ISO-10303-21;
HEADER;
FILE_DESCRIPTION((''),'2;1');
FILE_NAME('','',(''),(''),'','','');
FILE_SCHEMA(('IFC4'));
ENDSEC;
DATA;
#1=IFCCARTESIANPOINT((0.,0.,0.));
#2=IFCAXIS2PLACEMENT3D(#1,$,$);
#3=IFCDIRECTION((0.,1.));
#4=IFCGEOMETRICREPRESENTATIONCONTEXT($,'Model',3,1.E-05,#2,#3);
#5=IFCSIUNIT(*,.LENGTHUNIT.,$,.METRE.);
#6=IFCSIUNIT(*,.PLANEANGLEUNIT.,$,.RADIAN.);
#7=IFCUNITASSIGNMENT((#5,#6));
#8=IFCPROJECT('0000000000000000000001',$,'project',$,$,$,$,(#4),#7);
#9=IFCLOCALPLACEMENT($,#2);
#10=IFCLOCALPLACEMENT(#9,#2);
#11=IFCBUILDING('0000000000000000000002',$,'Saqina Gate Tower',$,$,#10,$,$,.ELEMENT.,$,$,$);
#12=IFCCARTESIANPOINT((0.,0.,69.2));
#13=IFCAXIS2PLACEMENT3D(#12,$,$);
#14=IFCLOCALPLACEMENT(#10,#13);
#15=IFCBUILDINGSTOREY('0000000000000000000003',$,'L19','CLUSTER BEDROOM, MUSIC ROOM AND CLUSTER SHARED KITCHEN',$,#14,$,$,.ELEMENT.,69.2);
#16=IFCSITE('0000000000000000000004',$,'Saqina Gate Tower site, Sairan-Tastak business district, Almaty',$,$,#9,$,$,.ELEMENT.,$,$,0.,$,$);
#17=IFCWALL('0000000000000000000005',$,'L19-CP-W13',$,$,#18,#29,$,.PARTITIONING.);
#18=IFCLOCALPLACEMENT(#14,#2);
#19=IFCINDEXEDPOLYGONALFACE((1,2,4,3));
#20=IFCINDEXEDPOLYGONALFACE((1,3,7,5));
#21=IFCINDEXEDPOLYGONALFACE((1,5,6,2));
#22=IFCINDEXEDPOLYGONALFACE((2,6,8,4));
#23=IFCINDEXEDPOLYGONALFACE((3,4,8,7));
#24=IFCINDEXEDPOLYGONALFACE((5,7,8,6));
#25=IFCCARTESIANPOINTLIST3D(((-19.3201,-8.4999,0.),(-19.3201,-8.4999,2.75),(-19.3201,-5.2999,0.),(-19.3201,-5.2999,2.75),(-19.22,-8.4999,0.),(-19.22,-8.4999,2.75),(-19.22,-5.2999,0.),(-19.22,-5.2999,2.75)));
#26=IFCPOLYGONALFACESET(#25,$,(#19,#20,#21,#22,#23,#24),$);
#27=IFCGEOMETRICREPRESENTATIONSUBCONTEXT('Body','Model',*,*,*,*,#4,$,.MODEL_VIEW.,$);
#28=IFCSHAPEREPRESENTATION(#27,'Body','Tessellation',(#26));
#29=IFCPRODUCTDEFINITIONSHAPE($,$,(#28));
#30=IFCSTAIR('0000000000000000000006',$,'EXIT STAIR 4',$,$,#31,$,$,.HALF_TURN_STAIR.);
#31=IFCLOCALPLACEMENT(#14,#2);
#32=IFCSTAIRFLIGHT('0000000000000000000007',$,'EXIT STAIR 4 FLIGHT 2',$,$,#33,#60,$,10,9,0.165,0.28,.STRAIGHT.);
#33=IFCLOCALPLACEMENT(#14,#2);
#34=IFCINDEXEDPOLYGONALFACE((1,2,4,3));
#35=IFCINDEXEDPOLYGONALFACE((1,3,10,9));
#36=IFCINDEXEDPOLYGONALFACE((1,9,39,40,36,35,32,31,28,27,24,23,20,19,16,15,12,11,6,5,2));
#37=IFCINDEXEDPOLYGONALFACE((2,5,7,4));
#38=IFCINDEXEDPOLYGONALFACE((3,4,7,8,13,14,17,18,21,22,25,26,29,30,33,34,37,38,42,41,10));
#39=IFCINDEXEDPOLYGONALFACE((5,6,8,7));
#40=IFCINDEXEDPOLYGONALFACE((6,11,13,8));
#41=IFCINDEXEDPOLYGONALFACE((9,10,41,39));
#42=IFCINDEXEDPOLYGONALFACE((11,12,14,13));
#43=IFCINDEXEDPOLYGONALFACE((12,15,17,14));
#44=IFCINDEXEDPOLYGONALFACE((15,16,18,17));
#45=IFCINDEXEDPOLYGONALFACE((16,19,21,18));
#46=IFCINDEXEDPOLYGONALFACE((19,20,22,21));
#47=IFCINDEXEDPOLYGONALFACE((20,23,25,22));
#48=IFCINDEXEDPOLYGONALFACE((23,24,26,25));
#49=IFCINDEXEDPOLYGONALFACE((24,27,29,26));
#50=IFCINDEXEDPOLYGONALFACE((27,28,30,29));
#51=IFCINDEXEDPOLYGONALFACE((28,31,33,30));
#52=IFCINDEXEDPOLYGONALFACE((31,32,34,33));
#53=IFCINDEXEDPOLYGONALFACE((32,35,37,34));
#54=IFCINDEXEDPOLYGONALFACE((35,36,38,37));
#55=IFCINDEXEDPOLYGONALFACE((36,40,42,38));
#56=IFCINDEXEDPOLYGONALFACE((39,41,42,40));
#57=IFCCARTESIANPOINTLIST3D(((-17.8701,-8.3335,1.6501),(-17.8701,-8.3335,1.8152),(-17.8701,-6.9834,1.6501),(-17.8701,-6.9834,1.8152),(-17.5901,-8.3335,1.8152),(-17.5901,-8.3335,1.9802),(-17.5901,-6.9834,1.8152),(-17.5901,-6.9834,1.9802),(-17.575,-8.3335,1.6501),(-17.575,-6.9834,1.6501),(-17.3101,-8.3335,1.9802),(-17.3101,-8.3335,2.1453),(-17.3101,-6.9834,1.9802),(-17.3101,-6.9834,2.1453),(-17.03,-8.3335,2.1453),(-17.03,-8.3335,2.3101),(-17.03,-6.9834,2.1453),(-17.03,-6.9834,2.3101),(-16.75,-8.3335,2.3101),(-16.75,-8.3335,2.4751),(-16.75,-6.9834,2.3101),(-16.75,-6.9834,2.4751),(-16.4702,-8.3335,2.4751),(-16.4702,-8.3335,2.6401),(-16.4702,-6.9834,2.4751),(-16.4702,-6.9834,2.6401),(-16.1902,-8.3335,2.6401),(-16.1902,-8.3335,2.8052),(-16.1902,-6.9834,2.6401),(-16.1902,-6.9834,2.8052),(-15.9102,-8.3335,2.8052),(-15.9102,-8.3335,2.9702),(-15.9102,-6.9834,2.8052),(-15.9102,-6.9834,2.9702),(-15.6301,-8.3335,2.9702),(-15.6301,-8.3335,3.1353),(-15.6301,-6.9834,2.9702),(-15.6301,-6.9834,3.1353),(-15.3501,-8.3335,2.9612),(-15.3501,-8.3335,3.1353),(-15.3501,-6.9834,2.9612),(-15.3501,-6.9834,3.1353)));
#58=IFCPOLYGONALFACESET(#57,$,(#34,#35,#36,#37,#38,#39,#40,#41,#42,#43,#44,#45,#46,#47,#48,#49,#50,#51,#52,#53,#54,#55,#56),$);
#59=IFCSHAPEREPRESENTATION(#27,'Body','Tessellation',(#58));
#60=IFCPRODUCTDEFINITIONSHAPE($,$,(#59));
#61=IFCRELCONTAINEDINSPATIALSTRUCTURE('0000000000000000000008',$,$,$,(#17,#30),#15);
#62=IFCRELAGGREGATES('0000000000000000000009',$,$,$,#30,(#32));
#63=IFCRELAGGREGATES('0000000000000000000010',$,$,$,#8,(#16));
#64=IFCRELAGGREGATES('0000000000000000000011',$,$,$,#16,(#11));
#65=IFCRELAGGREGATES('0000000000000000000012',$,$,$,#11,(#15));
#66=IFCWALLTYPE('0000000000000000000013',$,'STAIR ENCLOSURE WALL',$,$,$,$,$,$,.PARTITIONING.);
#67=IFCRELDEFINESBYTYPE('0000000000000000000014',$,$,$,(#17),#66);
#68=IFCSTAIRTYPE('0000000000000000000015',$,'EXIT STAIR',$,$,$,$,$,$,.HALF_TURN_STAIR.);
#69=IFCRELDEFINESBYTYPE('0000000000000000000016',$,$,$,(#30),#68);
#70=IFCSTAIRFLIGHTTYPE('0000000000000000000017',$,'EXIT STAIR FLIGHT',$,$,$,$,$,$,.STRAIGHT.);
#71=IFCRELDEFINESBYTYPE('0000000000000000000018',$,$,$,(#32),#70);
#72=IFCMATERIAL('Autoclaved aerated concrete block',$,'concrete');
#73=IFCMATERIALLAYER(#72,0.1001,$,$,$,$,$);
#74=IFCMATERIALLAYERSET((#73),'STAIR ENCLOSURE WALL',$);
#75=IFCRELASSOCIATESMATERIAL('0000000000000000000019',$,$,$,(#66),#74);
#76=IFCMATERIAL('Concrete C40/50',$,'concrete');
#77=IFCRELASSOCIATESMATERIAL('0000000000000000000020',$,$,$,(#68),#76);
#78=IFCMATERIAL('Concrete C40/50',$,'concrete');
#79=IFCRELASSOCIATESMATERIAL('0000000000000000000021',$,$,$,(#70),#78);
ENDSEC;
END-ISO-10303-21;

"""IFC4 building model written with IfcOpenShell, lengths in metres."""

from ifc_helpers import new_model, si_unit, direction, frame, frame_2d, origin, place, context, subcontext, project, spatial, polyline, rectangle, outline, extrude, material, layer, layer_set, type_object, element, aggregate, save


model = new_model("IFC4")

# Units and contexts
model_context = context("Model", 3, precision=1e-05, world=origin(), true_north=direction((0.0, 1.0)))
body_context = subcontext(model_context, "Body", "Model", "MODEL_VIEW")
ifc_project = project(units=[si_unit("LENGTHUNIT", "METRE"), si_unit("PLANEANGLEUNIT", "RADIAN")], contexts=[model_context])

# Site, building, storey
site_placement = place(None, origin())
site = spatial("IfcSite", under=ifc_project, at=site_placement, Name="Saqina Gate Tower site, Sairan-Tastak business district, Almaty", CompositionType="ELEMENT", RefElevation=0.0)
building_placement = place(site_placement, origin())
building = spatial("IfcBuilding", under=site, at=building_placement, Name="Saqina Gate Tower", CompositionType="ELEMENT")
storey_placement = place(building_placement, frame((0.0, 0.0, 69.2)))
storey = spatial("IfcBuildingStorey", under=building, at=storey_placement, Name="L19", Description="CLUSTER BEDROOM, MUSIC ROOM AND CLUSTER SHARED KITCHEN", CompositionType="ELEMENT", Elevation=69.2)

# Wall
ifc_material_1 = material(Name="Autoclaved aerated concrete block", Category="concrete")
ifc_layer_1 = layer(ifc_material_1, 0.1001)
ifc_layer_set_1 = layer_set([ifc_layer_1], Name="STAIR ENCLOSURE WALL")
wall_type_1 = type_object("IfcWallType", Name="STAIR ENCLOSURE WALL", PredefinedType="PARTITIONING", material=ifc_layer_set_1)
wall_1_placement = place(storey_placement, frame((-19.27, -8.5, 0.0), z_axis=(0.0, 0.0, 1.0), x_axis=(0.0, 1.0, 0.0)))
element("IfcWall", 1, at=wall_1_placement, inside=storey, type_object=wall_type_1, Name="L19-CP-W13", PredefinedType="PARTITIONING", context=body_context, shape_type="SweptSolid", body=[
    extrude(rectangle(XDim=3.2, YDim=0.1001, at=frame_2d((1.6001, 0.0))), origin(), (0.0, 0.0, 1.0), 2.75),
])

# Stair, stair flight
ifc_material_2 = material(Name="Concrete C40/50", Category="concrete")
stair_type = type_object("IfcStairType", Name="EXIT STAIR", PredefinedType="HALF_TURN_STAIR", material=ifc_material_2)
stair_placement = place(storey_placement, origin())
stair = element("IfcStair", 2, at=stair_placement, inside=storey, type_object=stair_type, Name="EXIT STAIR 4", PredefinedType="HALF_TURN_STAIR")
ifc_material_3 = material(Name="Concrete C40/50", Category="concrete")
stair_flight_type = type_object("IfcStairFlightType", Name="EXIT STAIR FLIGHT", PredefinedType="STRAIGHT", material=ifc_material_3)
stair_flight_placement = place(storey_placement, frame((-17.8701, -7.6584, 1.6501), z_axis=(0.0, 0.0, 1.0), x_axis=(1.0, 0.0, 0.0)))
stair_flight = element("IfcStairFlight", 3, at=stair_flight_placement, type_object=stair_flight_type, Name="EXIT STAIR 4 FLIGHT 2", NumberOfRisers=10, NumberOfTreads=9, PredefinedType="STRAIGHT", RiserHeight=0.165, TreadLength=0.28, context=body_context, shape_type="SweptSolid", body=[
    extrude(outline(polyline([(0.0, 0.0), (0.0, 0.165), (0.28, 0.165), (0.28, 0.3301), (0.5601, 0.3301), (0.5601, 0.4951), (0.8401, 0.4951), (0.8401, 0.6599), (1.1201, 0.6599), (1.1201, 0.825), (1.3999, 0.825), (1.3999, 0.99), (1.6799, 0.99), (1.6799, 1.155), (1.96, 1.155), (1.96, 1.3201), (2.24, 1.3201), (2.24, 1.4851), (2.52, 1.4851), (2.52, 1.6499), (2.52, 1.311), (0.2952, 0.0), (0.0, 0.0)])), frame((0.0, 0.675, 0.0), z_axis=(0.0, -1.0, 0.0), x_axis=(1.0, 0.0, 0.0)), (0.0, 0.0, 1.0), 1.3501),
])
aggregate(stair, [stair_flight])

save(model, "model.ifc")
